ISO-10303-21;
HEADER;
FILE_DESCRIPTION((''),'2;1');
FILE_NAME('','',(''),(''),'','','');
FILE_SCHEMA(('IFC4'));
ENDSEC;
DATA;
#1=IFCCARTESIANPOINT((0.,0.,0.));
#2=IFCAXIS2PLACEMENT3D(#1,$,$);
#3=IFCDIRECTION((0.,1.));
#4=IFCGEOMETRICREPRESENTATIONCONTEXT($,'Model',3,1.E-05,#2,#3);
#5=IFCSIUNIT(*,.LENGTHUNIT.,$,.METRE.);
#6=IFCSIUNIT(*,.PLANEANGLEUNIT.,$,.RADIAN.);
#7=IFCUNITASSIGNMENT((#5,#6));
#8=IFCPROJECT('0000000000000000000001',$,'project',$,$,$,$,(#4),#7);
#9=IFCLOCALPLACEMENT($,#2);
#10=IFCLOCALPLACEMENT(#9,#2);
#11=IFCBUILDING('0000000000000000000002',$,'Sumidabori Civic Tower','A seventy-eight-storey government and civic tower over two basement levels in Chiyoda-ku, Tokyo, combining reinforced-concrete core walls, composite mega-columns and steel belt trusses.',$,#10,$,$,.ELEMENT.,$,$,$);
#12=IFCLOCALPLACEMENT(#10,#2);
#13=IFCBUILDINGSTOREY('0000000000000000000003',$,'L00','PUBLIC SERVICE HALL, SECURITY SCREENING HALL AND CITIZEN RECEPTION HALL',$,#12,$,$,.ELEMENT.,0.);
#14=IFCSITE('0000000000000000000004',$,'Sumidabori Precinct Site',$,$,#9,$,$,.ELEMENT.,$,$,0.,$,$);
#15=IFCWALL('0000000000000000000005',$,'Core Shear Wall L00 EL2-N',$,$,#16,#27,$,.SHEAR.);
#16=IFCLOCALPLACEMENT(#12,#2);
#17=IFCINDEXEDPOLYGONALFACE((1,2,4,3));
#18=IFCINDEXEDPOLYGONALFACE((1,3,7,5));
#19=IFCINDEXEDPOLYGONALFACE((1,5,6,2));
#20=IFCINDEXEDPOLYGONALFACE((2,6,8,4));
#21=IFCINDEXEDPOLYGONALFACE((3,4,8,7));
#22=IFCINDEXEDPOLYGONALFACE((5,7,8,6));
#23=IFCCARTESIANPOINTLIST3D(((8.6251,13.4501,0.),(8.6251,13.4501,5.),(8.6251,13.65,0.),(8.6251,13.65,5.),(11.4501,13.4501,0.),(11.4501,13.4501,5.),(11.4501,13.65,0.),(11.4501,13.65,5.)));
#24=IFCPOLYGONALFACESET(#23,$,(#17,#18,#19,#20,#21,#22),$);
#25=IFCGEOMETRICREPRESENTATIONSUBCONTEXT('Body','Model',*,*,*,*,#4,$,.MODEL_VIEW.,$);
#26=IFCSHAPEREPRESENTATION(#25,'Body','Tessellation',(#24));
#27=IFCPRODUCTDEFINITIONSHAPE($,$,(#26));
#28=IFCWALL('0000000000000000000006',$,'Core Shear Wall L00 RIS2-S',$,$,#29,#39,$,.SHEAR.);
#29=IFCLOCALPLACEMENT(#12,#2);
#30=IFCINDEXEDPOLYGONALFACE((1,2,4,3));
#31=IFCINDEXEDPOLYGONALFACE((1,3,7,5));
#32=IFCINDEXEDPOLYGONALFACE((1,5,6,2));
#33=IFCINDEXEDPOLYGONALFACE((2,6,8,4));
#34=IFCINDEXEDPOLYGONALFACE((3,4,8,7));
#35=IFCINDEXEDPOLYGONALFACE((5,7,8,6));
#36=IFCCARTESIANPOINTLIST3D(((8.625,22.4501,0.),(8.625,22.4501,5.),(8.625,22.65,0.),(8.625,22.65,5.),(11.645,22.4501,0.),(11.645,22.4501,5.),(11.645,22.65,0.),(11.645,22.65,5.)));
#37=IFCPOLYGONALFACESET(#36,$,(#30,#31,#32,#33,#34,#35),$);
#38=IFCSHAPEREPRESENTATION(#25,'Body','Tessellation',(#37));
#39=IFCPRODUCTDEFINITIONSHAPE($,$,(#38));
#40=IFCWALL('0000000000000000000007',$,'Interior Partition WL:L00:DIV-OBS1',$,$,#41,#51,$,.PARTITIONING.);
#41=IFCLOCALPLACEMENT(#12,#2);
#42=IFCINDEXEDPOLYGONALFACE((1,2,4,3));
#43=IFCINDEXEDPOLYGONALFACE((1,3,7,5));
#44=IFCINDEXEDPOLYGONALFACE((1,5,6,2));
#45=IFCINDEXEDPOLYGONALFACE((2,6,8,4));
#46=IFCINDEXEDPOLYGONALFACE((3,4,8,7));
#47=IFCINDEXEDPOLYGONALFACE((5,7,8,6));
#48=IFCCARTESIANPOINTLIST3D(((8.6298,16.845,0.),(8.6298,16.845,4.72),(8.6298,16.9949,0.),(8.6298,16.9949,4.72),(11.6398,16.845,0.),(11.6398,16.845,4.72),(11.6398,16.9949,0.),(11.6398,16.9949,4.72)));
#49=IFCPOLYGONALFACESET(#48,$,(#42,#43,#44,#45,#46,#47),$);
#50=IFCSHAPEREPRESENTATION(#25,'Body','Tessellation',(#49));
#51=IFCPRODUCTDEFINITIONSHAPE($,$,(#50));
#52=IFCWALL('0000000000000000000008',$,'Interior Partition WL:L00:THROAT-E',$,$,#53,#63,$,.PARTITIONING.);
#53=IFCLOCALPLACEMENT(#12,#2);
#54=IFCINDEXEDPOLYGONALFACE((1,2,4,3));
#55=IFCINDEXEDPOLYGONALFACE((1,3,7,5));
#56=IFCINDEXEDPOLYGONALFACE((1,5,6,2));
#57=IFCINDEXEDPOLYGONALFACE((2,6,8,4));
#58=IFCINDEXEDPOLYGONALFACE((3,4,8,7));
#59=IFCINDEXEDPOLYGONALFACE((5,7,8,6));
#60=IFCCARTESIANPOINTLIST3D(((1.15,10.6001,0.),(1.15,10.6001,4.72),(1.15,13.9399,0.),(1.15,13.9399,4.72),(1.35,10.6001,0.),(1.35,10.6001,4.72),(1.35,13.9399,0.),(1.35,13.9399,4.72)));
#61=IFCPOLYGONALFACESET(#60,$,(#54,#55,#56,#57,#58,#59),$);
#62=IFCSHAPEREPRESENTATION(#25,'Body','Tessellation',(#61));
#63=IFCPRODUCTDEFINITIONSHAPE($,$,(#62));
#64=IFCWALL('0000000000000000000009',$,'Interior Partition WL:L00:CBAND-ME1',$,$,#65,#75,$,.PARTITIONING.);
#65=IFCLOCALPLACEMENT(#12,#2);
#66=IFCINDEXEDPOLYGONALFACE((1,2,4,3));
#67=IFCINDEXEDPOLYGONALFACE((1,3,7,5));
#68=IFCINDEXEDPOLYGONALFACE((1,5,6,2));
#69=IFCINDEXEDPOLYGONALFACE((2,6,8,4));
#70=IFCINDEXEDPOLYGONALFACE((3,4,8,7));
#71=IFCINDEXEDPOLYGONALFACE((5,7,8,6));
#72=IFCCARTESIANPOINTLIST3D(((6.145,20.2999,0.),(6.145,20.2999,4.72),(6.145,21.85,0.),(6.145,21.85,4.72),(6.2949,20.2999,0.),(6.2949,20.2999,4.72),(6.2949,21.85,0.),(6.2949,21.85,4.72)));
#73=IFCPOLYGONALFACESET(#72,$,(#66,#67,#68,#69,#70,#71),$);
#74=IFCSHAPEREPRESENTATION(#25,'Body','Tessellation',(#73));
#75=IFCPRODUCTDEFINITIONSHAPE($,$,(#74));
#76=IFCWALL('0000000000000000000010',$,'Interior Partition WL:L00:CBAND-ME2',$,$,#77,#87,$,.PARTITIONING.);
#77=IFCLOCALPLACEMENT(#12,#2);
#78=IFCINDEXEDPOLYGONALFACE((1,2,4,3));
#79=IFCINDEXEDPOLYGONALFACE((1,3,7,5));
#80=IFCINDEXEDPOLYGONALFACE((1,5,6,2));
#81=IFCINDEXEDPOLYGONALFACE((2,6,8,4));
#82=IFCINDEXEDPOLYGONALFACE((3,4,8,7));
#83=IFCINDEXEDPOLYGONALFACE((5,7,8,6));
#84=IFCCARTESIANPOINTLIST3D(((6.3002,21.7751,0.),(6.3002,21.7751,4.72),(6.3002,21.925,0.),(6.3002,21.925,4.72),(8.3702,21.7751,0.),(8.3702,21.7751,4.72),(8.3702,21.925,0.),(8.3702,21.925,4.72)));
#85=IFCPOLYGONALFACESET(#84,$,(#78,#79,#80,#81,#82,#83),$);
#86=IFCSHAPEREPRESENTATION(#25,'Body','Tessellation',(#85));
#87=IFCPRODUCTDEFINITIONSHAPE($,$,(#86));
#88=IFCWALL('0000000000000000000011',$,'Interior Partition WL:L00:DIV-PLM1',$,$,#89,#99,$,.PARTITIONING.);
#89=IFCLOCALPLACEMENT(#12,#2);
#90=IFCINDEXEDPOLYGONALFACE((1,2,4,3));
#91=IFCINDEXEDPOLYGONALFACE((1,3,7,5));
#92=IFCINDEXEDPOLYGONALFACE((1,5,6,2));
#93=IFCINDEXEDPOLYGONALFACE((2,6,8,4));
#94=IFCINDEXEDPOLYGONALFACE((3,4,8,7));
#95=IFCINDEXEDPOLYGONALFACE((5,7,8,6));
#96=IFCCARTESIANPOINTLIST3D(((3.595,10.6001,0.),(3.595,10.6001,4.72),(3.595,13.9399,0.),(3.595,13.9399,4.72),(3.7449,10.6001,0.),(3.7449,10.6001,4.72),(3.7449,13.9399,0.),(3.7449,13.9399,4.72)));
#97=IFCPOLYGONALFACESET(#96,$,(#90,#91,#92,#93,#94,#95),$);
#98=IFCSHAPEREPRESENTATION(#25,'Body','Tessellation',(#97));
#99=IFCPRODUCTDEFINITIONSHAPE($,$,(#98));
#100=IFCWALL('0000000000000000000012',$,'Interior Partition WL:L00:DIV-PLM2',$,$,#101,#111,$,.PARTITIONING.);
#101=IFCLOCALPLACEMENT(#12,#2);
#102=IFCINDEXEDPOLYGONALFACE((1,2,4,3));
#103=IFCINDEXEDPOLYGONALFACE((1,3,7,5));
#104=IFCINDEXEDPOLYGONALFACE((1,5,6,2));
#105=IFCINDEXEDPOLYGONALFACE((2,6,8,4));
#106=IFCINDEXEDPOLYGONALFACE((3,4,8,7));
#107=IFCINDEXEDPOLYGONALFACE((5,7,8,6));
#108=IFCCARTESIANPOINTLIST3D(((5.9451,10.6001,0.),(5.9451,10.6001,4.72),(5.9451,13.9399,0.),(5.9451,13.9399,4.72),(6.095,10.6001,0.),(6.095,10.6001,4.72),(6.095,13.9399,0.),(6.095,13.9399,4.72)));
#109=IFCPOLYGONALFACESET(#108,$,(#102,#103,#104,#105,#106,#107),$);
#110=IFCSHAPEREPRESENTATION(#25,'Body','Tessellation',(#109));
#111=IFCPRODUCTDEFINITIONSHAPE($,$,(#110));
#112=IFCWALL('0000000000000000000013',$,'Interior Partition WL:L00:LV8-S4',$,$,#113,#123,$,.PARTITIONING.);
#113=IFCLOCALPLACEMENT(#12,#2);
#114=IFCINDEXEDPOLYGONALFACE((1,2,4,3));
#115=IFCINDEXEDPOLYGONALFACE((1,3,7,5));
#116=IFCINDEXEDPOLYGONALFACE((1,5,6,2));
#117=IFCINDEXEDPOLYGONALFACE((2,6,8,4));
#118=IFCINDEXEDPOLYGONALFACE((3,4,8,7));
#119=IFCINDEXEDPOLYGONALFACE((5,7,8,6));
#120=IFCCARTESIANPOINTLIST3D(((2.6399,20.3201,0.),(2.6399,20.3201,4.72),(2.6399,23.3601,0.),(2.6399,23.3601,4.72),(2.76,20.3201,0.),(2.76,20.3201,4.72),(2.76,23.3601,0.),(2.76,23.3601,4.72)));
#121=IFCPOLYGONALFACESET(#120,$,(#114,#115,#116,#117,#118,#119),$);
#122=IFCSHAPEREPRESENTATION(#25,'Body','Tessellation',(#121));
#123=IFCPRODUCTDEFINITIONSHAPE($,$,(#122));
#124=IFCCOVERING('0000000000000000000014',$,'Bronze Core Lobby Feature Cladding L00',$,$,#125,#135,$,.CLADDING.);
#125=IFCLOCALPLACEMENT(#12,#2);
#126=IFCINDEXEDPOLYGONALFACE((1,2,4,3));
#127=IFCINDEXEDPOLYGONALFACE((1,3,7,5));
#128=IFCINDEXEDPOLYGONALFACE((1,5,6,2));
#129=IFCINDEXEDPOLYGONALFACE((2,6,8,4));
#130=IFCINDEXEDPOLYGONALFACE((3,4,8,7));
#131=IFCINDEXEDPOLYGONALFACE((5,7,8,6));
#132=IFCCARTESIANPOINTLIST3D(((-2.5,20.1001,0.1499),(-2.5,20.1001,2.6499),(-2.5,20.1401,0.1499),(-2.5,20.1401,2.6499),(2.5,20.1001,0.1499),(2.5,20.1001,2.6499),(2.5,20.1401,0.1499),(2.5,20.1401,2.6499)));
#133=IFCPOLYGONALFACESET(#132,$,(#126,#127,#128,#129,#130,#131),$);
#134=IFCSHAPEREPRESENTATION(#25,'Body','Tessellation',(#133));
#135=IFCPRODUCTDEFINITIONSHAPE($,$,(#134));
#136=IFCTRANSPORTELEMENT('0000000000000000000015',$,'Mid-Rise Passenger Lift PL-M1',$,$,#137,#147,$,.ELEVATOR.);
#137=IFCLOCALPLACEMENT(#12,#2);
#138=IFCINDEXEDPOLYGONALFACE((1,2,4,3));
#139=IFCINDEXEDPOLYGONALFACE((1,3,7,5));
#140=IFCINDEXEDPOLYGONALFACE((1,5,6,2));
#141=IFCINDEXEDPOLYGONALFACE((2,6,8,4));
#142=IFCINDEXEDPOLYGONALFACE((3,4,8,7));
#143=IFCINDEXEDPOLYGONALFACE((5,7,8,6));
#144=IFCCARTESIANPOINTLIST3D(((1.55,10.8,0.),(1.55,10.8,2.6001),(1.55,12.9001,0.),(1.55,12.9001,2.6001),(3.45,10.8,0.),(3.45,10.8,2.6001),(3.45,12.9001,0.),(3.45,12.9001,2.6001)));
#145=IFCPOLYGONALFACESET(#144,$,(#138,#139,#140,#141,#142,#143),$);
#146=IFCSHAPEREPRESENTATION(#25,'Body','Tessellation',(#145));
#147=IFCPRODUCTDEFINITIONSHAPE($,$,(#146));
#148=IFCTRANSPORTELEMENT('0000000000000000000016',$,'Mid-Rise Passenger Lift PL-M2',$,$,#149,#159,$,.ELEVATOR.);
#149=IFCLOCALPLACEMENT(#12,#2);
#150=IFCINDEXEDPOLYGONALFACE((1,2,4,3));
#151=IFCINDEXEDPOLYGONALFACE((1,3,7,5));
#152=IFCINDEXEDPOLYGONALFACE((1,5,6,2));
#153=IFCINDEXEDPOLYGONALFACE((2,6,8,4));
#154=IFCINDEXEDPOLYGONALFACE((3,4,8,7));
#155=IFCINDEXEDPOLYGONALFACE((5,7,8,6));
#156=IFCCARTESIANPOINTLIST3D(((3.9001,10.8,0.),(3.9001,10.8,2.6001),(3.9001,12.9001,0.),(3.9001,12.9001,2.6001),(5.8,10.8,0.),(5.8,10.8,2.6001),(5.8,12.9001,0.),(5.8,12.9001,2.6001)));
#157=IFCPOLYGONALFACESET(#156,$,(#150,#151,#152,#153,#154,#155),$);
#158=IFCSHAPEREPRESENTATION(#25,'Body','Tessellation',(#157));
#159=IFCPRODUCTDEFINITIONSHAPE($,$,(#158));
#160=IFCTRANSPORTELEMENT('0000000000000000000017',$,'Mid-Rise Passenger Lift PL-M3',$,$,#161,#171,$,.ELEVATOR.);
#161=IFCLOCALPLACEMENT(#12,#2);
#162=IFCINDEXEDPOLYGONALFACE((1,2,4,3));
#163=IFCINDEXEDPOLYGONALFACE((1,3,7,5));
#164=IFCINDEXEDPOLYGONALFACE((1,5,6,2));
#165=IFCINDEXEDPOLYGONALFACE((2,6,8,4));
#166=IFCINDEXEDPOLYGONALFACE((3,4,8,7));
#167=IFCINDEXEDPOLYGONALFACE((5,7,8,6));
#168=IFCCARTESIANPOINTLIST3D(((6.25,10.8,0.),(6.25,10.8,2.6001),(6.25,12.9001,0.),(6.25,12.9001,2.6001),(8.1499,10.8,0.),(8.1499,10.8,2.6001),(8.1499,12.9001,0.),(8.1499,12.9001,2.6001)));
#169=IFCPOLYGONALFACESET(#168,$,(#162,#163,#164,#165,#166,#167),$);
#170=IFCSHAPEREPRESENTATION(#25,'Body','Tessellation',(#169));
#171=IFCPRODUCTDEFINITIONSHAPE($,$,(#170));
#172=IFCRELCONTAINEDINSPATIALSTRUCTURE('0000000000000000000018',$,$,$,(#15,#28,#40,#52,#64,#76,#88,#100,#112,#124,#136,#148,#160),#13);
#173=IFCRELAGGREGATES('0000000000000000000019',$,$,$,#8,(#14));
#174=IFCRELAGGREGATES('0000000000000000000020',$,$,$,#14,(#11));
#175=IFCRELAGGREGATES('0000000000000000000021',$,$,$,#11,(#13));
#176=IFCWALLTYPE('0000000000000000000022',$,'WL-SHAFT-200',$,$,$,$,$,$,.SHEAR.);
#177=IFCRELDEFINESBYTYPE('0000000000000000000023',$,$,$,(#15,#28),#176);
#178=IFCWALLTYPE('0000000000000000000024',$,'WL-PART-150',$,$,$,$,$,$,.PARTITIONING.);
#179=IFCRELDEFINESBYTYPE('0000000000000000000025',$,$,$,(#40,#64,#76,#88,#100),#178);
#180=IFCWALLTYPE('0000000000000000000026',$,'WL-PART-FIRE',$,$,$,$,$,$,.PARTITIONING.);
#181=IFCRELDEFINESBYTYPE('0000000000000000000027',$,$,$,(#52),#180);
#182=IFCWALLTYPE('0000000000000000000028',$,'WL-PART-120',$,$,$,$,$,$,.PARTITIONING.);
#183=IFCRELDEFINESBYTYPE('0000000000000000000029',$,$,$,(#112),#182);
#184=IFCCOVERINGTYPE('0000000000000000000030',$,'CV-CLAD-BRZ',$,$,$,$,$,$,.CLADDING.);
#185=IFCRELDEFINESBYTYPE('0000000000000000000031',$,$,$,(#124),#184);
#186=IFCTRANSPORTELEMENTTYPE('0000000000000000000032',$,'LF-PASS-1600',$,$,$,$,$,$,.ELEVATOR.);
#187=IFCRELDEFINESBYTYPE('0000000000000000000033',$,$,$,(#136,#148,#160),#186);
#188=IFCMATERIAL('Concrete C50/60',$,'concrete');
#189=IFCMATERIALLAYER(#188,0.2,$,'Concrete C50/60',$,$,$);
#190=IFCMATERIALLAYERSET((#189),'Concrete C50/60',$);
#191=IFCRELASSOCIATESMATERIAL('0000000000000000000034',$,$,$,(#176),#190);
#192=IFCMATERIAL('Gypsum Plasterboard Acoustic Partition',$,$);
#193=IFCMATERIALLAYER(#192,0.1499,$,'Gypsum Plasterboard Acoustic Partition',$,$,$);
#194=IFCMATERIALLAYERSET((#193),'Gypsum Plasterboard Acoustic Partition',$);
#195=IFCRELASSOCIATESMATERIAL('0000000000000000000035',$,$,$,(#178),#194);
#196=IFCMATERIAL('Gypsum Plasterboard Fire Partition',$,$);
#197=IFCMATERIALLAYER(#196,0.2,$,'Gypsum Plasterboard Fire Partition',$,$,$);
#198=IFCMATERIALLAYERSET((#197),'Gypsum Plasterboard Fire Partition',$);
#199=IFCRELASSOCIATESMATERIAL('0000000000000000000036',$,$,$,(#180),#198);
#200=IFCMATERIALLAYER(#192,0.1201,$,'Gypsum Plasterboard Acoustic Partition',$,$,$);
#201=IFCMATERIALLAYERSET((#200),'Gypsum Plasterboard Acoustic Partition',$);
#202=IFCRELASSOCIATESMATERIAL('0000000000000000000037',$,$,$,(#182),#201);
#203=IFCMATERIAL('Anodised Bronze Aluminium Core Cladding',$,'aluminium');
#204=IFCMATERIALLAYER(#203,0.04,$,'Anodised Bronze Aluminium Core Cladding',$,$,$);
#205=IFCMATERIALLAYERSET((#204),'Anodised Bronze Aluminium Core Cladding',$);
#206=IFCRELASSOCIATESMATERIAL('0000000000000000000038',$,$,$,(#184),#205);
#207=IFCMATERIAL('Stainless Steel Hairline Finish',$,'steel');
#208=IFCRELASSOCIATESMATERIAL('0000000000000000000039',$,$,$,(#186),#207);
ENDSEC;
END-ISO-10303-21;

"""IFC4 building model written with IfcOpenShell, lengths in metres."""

from ifc_helpers import new_model, si_unit, direction, frame, frame_2d, origin, origin_2d, place, context, subcontext, project, spatial, rectangle, extrude, source, transform, mapped, material, layer, layer_set, type_object, element, save


model = new_model("IFC4")

# Units and contexts
model_context = context("Model", 3, precision=1e-05, world=origin(), true_north=direction((0.0, 1.0)))
body_context = subcontext(model_context, "Body", "Model", "MODEL_VIEW")
ifc_project = project(units=[si_unit("LENGTHUNIT", "METRE"), si_unit("PLANEANGLEUNIT", "RADIAN")], contexts=[model_context])

# Site, building, storey
site_placement = place(None, origin())
site = spatial("IfcSite", under=ifc_project, at=site_placement, Name="Sumidabori Precinct Site", CompositionType="ELEMENT", RefElevation=0.0)
building_placement = place(site_placement, origin())
building = spatial("IfcBuilding", under=site, at=building_placement, Name="Sumidabori Civic Tower", Description="A seventy-eight-storey government and civic tower over two basement levels in Chiyoda-ku, Tokyo, combining reinforced-concrete core walls, composite mega-columns and steel belt trusses.", CompositionType="ELEMENT")
storey_placement = place(building_placement, origin())
storey = spatial("IfcBuildingStorey", under=building, at=storey_placement, Name="L00", Description="PUBLIC SERVICE HALL, SECURITY SCREENING HALL AND CITIZEN RECEPTION HALL", CompositionType="ELEMENT", Elevation=0.0)

# Shared definitions
ifc_material_1 = material(Name="Concrete C50/60", Category="concrete")
ifc_material_2 = material(Name="Stainless Steel Hairline Finish", Category="steel")

# Walls
ifc_layer_1 = layer(ifc_material_1, 0.2, Name="Concrete C50/60")
ifc_layer_set_1 = layer_set([ifc_layer_1], Name="Concrete C50/60")
wall_type_1 = type_object("IfcWallType", Name="WL-SHAFT-200", PredefinedType="SHEAR", material=ifc_layer_set_1)
shared_shape_1 = source(origin(), body_context, "Body", "SweptSolid", [
    extrude(rectangle(XDim=2.825, YDim=0.2, at=frame_2d((1.4126, 0.0))), origin(), (0.0, 0.0, 1.0), 5.0),
])
wall_1_placement = place(storey_placement, frame((8.625, 13.55, 0.0), z_axis=(0.0, 0.0, 1.0), x_axis=(1.0, 0.0, 0.0)))
element("IfcWall", 1, at=wall_1_placement, inside=storey, type_object=wall_type_1, Name="Core Shear Wall L00 EL2-N", PredefinedType="SHEAR", context=body_context, shape_type="MappedRepresentation", body=[
    mapped(shared_shape_1, transform((0.0, 0.0, 0.0), x_axis=(1.0, 0.0, 0.0), y_axis=(0.0, 1.0, 0.0), z_axis=(0.0, 0.0, 1.0), scale=1.0)),
])
shared_shape_2 = source(origin(), body_context, "Body", "SweptSolid", [
    extrude(rectangle(XDim=3.02, YDim=0.2, at=frame_2d((1.51, 0.0))), origin(), (0.0, 0.0, 1.0), 5.0),
])
wall_2_placement = place(storey_placement, frame((8.625, 22.55, 0.0), z_axis=(0.0, 0.0, 1.0), x_axis=(1.0, 0.0, 0.0)))
element("IfcWall", 2, at=wall_2_placement, inside=storey, type_object=wall_type_1, Name="Core Shear Wall L00 RIS2-S", PredefinedType="SHEAR", context=body_context, shape_type="MappedRepresentation", body=[
    mapped(shared_shape_2, transform((0.0, 0.0, 0.0), x_axis=(1.0, 0.0, 0.0), y_axis=(0.0, 1.0, 0.0), z_axis=(0.0, 0.0, 1.0), scale=1.0)),
])
ifc_material_3 = material(Name="Gypsum Plasterboard Acoustic Partition")
ifc_layer_2 = layer(ifc_material_3, 0.1499, Name="Gypsum Plasterboard Acoustic Partition")
ifc_layer_set_2 = layer_set([ifc_layer_2], Name="Gypsum Plasterboard Acoustic Partition")
wall_type_2 = type_object("IfcWallType", Name="WL-PART-150", PredefinedType="PARTITIONING", material=ifc_layer_set_2)
shared_shape_3 = source(origin(), body_context, "Body", "SweptSolid", [
    extrude(rectangle(XDim=3.01, YDim=0.1499, at=frame_2d((1.5049, 0.0))), origin(), (0.0, 0.0, 1.0), 4.72),
])
wall_3_placement = place(storey_placement, frame((8.6299, 16.9199, 0.0), z_axis=(0.0, 0.0, 1.0), x_axis=(1.0, 0.0, 0.0)))
element("IfcWall", 3, at=wall_3_placement, inside=storey, type_object=wall_type_2, Name="Interior Partition WL:L00:DIV-OBS1", PredefinedType="PARTITIONING", context=body_context, shape_type="MappedRepresentation", body=[
    mapped(shared_shape_3, transform((0.0, 0.0, 0.0), x_axis=(1.0, 0.0, 0.0), y_axis=(0.0, 1.0, 0.0), z_axis=(0.0, 0.0, 1.0), scale=1.0)),
])

# Shared definitions
ifc_material_4 = material(Name="Gypsum Plasterboard Fire Partition")
ifc_layer_3 = layer(ifc_material_4, 0.2, Name="Gypsum Plasterboard Fire Partition")
ifc_layer_set_3 = layer_set([ifc_layer_3], Name="Gypsum Plasterboard Fire Partition")
wall_type_3 = type_object("IfcWallType", Name="WL-PART-FIRE", PredefinedType="PARTITIONING", material=ifc_layer_set_3)

# Walls
shared_shape_4 = source(origin(), body_context, "Body", "SweptSolid", [
    extrude(rectangle(XDim=3.3398, YDim=0.2, at=frame_2d((1.6699, 0.0))), origin(), (0.0, 0.0, 1.0), 4.72),
])
wall_4_placement = place(storey_placement, frame((1.25, 10.6001, 0.0), z_axis=(0.0, 0.0, 1.0), x_axis=(0.0, 1.0, 0.0)))
element("IfcWall", 4, at=wall_4_placement, inside=storey, type_object=wall_type_3, Name="Interior Partition WL:L00:THROAT-E", PredefinedType="PARTITIONING", context=body_context, shape_type="MappedRepresentation", body=[
    mapped(shared_shape_4, transform((0.0, 0.0, 0.0), x_axis=(1.0, 0.0, 0.0), y_axis=(0.0, 1.0, 0.0), z_axis=(0.0, 0.0, 1.0), scale=1.0)),
])
shared_shape_5 = source(origin(), body_context, "Body", "SweptSolid", [
    extrude(rectangle(XDim=1.55, YDim=0.1499, at=frame_2d((0.7749, 0.0))), origin(), (0.0, 0.0, 1.0), 4.72),
])
wall_5_placement = place(storey_placement, frame((6.22, 20.3, 0.0), z_axis=(0.0, 0.0, 1.0), x_axis=(0.0, 1.0, 0.0)))
element("IfcWall", 5, at=wall_5_placement, inside=storey, type_object=wall_type_2, Name="Interior Partition WL:L00:CBAND-ME1", PredefinedType="PARTITIONING", context=body_context, shape_type="MappedRepresentation", body=[
    mapped(shared_shape_5, transform((0.0, 0.0, 0.0), x_axis=(1.0, 0.0, 0.0), y_axis=(0.0, 1.0, 0.0), z_axis=(0.0, 0.0, 1.0), scale=1.0)),
])
shared_shape_6 = source(origin(), body_context, "Body", "SweptSolid", [
    extrude(rectangle(XDim=2.0701, YDim=0.1499, at=frame_2d((1.0352, 0.0))), origin(), (0.0, 0.0, 1.0), 4.72),
])
wall_6_placement = place(storey_placement, frame((6.3, 21.8501, 0.0), z_axis=(0.0, 0.0, 1.0), x_axis=(1.0, 0.0, 0.0)))
element("IfcWall", 6, at=wall_6_placement, inside=storey, type_object=wall_type_2, Name="Interior Partition WL:L00:CBAND-ME2", PredefinedType="PARTITIONING", context=body_context, shape_type="MappedRepresentation", body=[
    mapped(shared_shape_6, transform((0.0, 0.0, 0.0), x_axis=(1.0, 0.0, 0.0), y_axis=(0.0, 1.0, 0.0), z_axis=(0.0, 0.0, 1.0), scale=1.0)),
])
shared_shape_7 = source(origin(), body_context, "Body", "SweptSolid", [
    extrude(rectangle(XDim=3.3398, YDim=0.1499, at=frame_2d((1.6699, 0.0))), origin(), (0.0, 0.0, 1.0), 4.72),
])
for number, where, z_axis, x_axis, name in (
    (7, (3.6699, 10.6001, 0.0), (0.0, 0.0, 1.0), (0.0, 1.0, 0.0), "Interior Partition WL:L00:DIV-PLM1"),
    (8, (6.02, 10.6001, 0.0), (0.0, 0.0, 1.0), (0.0, 1.0, 0.0), "Interior Partition WL:L00:DIV-PLM2"),
):
    element("IfcWall", number, at=place(storey_placement, frame(where, z_axis=z_axis, x_axis=x_axis)), inside=storey, type_object=wall_type_2, Name=name, PredefinedType="PARTITIONING", context=body_context, shape_type="MappedRepresentation", body=[
        mapped(shared_shape_7, transform((0.0, 0.0, 0.0), x_axis=(1.0, 0.0, 0.0), y_axis=(0.0, 1.0, 0.0), z_axis=(0.0, 0.0, 1.0), scale=1.0)),
    ])
ifc_layer_4 = layer(ifc_material_3, 0.1201, Name="Gypsum Plasterboard Acoustic Partition")
ifc_layer_set_4 = layer_set([ifc_layer_4], Name="Gypsum Plasterboard Acoustic Partition")
wall_type_4 = type_object("IfcWallType", Name="WL-PART-120", PredefinedType="PARTITIONING", material=ifc_layer_set_4)
shared_shape_8 = source(origin(), body_context, "Body", "SweptSolid", [
    extrude(rectangle(XDim=3.04, YDim=0.1201, at=frame_2d((1.52, 0.0))), origin(), (0.0, 0.0, 1.0), 4.72),
])
wall_7_placement = place(storey_placement, frame((2.7, 20.3201, 0.0), z_axis=(0.0, 0.0, 1.0), x_axis=(0.0, 1.0, 0.0)))
element("IfcWall", 9, at=wall_7_placement, inside=storey, type_object=wall_type_4, Name="Interior Partition WL:L00:LV8-S4", PredefinedType="PARTITIONING", context=body_context, shape_type="MappedRepresentation", body=[
    mapped(shared_shape_8, transform((0.0, 0.0, 0.0), x_axis=(1.0, 0.0, 0.0), y_axis=(0.0, 1.0, 0.0), z_axis=(0.0, 0.0, 1.0), scale=1.0)),
])

# Covering
ifc_material_5 = material(Name="Anodised Bronze Aluminium Core Cladding", Category="aluminium")
ifc_layer_5 = layer(ifc_material_5, 0.04, Name="Anodised Bronze Aluminium Core Cladding")
ifc_layer_set_5 = layer_set([ifc_layer_5], Name="Anodised Bronze Aluminium Core Cladding")
covering_type = type_object("IfcCoveringType", Name="CV-CLAD-BRZ", PredefinedType="CLADDING", material=ifc_layer_set_5)
shared_shape_9 = source(origin(), body_context, "Body", "SweptSolid", [
    extrude(rectangle(XDim=5.0, YDim=0.04, at=origin_2d()), origin(), (0.0, 0.0, 1.0), 2.5),
])
covering_placement = place(storey_placement, frame((0.0, 20.1201, 0.1499), z_axis=(0.0, 0.0, 1.0), x_axis=(1.0, 0.0, 0.0)))
element("IfcCovering", 10, at=covering_placement, inside=storey, type_object=covering_type, Name="Bronze Core Lobby Feature Cladding L00", PredefinedType="CLADDING", context=body_context, shape_type="MappedRepresentation", body=[
    mapped(shared_shape_9, transform((0.0, 0.0, 0.0), x_axis=(1.0, 0.0, 0.0), y_axis=(0.0, 1.0, 0.0), z_axis=(0.0, 0.0, 1.0), scale=1.0)),
])

# Transport elements
transport_element_type = type_object("IfcTransportElementType", Name="LF-PASS-1600", PredefinedType="ELEVATOR", material=ifc_material_2)
shared_shape_10 = source(origin(), body_context, "Body", "SweptSolid", [
    extrude(rectangle(XDim=1.8999, YDim=2.1001, at=origin_2d()), origin(), (0.0, 0.0, 1.0), 2.6001),
])
for number, where, z_axis, x_axis, name in (
    (11, (2.5, 11.8501, 0.0), (0.0, 0.0, 1.0), (1.0, 0.0, 0.0), "Mid-Rise Passenger Lift PL-M1"),
    (12, (4.8501, 11.8501, 0.0), (0.0, 0.0, 1.0), (1.0, 0.0, 0.0), "Mid-Rise Passenger Lift PL-M2"),
    (13, (7.2, 11.8501, 0.0), (0.0, 0.0, 1.0), (1.0, 0.0, 0.0), "Mid-Rise Passenger Lift PL-M3"),
):
    element("IfcTransportElement", number, at=place(storey_placement, frame(where, z_axis=z_axis, x_axis=x_axis)), inside=storey, type_object=transport_element_type, Name=name, PredefinedType="ELEVATOR", context=body_context, shape_type="MappedRepresentation", body=[
        mapped(shared_shape_10, transform((0.0, 0.0, 0.0), x_axis=(1.0, 0.0, 0.0), y_axis=(0.0, 1.0, 0.0), z_axis=(0.0, 0.0, 1.0), scale=1.0)),
    ])

save(model, "model.ifc")
